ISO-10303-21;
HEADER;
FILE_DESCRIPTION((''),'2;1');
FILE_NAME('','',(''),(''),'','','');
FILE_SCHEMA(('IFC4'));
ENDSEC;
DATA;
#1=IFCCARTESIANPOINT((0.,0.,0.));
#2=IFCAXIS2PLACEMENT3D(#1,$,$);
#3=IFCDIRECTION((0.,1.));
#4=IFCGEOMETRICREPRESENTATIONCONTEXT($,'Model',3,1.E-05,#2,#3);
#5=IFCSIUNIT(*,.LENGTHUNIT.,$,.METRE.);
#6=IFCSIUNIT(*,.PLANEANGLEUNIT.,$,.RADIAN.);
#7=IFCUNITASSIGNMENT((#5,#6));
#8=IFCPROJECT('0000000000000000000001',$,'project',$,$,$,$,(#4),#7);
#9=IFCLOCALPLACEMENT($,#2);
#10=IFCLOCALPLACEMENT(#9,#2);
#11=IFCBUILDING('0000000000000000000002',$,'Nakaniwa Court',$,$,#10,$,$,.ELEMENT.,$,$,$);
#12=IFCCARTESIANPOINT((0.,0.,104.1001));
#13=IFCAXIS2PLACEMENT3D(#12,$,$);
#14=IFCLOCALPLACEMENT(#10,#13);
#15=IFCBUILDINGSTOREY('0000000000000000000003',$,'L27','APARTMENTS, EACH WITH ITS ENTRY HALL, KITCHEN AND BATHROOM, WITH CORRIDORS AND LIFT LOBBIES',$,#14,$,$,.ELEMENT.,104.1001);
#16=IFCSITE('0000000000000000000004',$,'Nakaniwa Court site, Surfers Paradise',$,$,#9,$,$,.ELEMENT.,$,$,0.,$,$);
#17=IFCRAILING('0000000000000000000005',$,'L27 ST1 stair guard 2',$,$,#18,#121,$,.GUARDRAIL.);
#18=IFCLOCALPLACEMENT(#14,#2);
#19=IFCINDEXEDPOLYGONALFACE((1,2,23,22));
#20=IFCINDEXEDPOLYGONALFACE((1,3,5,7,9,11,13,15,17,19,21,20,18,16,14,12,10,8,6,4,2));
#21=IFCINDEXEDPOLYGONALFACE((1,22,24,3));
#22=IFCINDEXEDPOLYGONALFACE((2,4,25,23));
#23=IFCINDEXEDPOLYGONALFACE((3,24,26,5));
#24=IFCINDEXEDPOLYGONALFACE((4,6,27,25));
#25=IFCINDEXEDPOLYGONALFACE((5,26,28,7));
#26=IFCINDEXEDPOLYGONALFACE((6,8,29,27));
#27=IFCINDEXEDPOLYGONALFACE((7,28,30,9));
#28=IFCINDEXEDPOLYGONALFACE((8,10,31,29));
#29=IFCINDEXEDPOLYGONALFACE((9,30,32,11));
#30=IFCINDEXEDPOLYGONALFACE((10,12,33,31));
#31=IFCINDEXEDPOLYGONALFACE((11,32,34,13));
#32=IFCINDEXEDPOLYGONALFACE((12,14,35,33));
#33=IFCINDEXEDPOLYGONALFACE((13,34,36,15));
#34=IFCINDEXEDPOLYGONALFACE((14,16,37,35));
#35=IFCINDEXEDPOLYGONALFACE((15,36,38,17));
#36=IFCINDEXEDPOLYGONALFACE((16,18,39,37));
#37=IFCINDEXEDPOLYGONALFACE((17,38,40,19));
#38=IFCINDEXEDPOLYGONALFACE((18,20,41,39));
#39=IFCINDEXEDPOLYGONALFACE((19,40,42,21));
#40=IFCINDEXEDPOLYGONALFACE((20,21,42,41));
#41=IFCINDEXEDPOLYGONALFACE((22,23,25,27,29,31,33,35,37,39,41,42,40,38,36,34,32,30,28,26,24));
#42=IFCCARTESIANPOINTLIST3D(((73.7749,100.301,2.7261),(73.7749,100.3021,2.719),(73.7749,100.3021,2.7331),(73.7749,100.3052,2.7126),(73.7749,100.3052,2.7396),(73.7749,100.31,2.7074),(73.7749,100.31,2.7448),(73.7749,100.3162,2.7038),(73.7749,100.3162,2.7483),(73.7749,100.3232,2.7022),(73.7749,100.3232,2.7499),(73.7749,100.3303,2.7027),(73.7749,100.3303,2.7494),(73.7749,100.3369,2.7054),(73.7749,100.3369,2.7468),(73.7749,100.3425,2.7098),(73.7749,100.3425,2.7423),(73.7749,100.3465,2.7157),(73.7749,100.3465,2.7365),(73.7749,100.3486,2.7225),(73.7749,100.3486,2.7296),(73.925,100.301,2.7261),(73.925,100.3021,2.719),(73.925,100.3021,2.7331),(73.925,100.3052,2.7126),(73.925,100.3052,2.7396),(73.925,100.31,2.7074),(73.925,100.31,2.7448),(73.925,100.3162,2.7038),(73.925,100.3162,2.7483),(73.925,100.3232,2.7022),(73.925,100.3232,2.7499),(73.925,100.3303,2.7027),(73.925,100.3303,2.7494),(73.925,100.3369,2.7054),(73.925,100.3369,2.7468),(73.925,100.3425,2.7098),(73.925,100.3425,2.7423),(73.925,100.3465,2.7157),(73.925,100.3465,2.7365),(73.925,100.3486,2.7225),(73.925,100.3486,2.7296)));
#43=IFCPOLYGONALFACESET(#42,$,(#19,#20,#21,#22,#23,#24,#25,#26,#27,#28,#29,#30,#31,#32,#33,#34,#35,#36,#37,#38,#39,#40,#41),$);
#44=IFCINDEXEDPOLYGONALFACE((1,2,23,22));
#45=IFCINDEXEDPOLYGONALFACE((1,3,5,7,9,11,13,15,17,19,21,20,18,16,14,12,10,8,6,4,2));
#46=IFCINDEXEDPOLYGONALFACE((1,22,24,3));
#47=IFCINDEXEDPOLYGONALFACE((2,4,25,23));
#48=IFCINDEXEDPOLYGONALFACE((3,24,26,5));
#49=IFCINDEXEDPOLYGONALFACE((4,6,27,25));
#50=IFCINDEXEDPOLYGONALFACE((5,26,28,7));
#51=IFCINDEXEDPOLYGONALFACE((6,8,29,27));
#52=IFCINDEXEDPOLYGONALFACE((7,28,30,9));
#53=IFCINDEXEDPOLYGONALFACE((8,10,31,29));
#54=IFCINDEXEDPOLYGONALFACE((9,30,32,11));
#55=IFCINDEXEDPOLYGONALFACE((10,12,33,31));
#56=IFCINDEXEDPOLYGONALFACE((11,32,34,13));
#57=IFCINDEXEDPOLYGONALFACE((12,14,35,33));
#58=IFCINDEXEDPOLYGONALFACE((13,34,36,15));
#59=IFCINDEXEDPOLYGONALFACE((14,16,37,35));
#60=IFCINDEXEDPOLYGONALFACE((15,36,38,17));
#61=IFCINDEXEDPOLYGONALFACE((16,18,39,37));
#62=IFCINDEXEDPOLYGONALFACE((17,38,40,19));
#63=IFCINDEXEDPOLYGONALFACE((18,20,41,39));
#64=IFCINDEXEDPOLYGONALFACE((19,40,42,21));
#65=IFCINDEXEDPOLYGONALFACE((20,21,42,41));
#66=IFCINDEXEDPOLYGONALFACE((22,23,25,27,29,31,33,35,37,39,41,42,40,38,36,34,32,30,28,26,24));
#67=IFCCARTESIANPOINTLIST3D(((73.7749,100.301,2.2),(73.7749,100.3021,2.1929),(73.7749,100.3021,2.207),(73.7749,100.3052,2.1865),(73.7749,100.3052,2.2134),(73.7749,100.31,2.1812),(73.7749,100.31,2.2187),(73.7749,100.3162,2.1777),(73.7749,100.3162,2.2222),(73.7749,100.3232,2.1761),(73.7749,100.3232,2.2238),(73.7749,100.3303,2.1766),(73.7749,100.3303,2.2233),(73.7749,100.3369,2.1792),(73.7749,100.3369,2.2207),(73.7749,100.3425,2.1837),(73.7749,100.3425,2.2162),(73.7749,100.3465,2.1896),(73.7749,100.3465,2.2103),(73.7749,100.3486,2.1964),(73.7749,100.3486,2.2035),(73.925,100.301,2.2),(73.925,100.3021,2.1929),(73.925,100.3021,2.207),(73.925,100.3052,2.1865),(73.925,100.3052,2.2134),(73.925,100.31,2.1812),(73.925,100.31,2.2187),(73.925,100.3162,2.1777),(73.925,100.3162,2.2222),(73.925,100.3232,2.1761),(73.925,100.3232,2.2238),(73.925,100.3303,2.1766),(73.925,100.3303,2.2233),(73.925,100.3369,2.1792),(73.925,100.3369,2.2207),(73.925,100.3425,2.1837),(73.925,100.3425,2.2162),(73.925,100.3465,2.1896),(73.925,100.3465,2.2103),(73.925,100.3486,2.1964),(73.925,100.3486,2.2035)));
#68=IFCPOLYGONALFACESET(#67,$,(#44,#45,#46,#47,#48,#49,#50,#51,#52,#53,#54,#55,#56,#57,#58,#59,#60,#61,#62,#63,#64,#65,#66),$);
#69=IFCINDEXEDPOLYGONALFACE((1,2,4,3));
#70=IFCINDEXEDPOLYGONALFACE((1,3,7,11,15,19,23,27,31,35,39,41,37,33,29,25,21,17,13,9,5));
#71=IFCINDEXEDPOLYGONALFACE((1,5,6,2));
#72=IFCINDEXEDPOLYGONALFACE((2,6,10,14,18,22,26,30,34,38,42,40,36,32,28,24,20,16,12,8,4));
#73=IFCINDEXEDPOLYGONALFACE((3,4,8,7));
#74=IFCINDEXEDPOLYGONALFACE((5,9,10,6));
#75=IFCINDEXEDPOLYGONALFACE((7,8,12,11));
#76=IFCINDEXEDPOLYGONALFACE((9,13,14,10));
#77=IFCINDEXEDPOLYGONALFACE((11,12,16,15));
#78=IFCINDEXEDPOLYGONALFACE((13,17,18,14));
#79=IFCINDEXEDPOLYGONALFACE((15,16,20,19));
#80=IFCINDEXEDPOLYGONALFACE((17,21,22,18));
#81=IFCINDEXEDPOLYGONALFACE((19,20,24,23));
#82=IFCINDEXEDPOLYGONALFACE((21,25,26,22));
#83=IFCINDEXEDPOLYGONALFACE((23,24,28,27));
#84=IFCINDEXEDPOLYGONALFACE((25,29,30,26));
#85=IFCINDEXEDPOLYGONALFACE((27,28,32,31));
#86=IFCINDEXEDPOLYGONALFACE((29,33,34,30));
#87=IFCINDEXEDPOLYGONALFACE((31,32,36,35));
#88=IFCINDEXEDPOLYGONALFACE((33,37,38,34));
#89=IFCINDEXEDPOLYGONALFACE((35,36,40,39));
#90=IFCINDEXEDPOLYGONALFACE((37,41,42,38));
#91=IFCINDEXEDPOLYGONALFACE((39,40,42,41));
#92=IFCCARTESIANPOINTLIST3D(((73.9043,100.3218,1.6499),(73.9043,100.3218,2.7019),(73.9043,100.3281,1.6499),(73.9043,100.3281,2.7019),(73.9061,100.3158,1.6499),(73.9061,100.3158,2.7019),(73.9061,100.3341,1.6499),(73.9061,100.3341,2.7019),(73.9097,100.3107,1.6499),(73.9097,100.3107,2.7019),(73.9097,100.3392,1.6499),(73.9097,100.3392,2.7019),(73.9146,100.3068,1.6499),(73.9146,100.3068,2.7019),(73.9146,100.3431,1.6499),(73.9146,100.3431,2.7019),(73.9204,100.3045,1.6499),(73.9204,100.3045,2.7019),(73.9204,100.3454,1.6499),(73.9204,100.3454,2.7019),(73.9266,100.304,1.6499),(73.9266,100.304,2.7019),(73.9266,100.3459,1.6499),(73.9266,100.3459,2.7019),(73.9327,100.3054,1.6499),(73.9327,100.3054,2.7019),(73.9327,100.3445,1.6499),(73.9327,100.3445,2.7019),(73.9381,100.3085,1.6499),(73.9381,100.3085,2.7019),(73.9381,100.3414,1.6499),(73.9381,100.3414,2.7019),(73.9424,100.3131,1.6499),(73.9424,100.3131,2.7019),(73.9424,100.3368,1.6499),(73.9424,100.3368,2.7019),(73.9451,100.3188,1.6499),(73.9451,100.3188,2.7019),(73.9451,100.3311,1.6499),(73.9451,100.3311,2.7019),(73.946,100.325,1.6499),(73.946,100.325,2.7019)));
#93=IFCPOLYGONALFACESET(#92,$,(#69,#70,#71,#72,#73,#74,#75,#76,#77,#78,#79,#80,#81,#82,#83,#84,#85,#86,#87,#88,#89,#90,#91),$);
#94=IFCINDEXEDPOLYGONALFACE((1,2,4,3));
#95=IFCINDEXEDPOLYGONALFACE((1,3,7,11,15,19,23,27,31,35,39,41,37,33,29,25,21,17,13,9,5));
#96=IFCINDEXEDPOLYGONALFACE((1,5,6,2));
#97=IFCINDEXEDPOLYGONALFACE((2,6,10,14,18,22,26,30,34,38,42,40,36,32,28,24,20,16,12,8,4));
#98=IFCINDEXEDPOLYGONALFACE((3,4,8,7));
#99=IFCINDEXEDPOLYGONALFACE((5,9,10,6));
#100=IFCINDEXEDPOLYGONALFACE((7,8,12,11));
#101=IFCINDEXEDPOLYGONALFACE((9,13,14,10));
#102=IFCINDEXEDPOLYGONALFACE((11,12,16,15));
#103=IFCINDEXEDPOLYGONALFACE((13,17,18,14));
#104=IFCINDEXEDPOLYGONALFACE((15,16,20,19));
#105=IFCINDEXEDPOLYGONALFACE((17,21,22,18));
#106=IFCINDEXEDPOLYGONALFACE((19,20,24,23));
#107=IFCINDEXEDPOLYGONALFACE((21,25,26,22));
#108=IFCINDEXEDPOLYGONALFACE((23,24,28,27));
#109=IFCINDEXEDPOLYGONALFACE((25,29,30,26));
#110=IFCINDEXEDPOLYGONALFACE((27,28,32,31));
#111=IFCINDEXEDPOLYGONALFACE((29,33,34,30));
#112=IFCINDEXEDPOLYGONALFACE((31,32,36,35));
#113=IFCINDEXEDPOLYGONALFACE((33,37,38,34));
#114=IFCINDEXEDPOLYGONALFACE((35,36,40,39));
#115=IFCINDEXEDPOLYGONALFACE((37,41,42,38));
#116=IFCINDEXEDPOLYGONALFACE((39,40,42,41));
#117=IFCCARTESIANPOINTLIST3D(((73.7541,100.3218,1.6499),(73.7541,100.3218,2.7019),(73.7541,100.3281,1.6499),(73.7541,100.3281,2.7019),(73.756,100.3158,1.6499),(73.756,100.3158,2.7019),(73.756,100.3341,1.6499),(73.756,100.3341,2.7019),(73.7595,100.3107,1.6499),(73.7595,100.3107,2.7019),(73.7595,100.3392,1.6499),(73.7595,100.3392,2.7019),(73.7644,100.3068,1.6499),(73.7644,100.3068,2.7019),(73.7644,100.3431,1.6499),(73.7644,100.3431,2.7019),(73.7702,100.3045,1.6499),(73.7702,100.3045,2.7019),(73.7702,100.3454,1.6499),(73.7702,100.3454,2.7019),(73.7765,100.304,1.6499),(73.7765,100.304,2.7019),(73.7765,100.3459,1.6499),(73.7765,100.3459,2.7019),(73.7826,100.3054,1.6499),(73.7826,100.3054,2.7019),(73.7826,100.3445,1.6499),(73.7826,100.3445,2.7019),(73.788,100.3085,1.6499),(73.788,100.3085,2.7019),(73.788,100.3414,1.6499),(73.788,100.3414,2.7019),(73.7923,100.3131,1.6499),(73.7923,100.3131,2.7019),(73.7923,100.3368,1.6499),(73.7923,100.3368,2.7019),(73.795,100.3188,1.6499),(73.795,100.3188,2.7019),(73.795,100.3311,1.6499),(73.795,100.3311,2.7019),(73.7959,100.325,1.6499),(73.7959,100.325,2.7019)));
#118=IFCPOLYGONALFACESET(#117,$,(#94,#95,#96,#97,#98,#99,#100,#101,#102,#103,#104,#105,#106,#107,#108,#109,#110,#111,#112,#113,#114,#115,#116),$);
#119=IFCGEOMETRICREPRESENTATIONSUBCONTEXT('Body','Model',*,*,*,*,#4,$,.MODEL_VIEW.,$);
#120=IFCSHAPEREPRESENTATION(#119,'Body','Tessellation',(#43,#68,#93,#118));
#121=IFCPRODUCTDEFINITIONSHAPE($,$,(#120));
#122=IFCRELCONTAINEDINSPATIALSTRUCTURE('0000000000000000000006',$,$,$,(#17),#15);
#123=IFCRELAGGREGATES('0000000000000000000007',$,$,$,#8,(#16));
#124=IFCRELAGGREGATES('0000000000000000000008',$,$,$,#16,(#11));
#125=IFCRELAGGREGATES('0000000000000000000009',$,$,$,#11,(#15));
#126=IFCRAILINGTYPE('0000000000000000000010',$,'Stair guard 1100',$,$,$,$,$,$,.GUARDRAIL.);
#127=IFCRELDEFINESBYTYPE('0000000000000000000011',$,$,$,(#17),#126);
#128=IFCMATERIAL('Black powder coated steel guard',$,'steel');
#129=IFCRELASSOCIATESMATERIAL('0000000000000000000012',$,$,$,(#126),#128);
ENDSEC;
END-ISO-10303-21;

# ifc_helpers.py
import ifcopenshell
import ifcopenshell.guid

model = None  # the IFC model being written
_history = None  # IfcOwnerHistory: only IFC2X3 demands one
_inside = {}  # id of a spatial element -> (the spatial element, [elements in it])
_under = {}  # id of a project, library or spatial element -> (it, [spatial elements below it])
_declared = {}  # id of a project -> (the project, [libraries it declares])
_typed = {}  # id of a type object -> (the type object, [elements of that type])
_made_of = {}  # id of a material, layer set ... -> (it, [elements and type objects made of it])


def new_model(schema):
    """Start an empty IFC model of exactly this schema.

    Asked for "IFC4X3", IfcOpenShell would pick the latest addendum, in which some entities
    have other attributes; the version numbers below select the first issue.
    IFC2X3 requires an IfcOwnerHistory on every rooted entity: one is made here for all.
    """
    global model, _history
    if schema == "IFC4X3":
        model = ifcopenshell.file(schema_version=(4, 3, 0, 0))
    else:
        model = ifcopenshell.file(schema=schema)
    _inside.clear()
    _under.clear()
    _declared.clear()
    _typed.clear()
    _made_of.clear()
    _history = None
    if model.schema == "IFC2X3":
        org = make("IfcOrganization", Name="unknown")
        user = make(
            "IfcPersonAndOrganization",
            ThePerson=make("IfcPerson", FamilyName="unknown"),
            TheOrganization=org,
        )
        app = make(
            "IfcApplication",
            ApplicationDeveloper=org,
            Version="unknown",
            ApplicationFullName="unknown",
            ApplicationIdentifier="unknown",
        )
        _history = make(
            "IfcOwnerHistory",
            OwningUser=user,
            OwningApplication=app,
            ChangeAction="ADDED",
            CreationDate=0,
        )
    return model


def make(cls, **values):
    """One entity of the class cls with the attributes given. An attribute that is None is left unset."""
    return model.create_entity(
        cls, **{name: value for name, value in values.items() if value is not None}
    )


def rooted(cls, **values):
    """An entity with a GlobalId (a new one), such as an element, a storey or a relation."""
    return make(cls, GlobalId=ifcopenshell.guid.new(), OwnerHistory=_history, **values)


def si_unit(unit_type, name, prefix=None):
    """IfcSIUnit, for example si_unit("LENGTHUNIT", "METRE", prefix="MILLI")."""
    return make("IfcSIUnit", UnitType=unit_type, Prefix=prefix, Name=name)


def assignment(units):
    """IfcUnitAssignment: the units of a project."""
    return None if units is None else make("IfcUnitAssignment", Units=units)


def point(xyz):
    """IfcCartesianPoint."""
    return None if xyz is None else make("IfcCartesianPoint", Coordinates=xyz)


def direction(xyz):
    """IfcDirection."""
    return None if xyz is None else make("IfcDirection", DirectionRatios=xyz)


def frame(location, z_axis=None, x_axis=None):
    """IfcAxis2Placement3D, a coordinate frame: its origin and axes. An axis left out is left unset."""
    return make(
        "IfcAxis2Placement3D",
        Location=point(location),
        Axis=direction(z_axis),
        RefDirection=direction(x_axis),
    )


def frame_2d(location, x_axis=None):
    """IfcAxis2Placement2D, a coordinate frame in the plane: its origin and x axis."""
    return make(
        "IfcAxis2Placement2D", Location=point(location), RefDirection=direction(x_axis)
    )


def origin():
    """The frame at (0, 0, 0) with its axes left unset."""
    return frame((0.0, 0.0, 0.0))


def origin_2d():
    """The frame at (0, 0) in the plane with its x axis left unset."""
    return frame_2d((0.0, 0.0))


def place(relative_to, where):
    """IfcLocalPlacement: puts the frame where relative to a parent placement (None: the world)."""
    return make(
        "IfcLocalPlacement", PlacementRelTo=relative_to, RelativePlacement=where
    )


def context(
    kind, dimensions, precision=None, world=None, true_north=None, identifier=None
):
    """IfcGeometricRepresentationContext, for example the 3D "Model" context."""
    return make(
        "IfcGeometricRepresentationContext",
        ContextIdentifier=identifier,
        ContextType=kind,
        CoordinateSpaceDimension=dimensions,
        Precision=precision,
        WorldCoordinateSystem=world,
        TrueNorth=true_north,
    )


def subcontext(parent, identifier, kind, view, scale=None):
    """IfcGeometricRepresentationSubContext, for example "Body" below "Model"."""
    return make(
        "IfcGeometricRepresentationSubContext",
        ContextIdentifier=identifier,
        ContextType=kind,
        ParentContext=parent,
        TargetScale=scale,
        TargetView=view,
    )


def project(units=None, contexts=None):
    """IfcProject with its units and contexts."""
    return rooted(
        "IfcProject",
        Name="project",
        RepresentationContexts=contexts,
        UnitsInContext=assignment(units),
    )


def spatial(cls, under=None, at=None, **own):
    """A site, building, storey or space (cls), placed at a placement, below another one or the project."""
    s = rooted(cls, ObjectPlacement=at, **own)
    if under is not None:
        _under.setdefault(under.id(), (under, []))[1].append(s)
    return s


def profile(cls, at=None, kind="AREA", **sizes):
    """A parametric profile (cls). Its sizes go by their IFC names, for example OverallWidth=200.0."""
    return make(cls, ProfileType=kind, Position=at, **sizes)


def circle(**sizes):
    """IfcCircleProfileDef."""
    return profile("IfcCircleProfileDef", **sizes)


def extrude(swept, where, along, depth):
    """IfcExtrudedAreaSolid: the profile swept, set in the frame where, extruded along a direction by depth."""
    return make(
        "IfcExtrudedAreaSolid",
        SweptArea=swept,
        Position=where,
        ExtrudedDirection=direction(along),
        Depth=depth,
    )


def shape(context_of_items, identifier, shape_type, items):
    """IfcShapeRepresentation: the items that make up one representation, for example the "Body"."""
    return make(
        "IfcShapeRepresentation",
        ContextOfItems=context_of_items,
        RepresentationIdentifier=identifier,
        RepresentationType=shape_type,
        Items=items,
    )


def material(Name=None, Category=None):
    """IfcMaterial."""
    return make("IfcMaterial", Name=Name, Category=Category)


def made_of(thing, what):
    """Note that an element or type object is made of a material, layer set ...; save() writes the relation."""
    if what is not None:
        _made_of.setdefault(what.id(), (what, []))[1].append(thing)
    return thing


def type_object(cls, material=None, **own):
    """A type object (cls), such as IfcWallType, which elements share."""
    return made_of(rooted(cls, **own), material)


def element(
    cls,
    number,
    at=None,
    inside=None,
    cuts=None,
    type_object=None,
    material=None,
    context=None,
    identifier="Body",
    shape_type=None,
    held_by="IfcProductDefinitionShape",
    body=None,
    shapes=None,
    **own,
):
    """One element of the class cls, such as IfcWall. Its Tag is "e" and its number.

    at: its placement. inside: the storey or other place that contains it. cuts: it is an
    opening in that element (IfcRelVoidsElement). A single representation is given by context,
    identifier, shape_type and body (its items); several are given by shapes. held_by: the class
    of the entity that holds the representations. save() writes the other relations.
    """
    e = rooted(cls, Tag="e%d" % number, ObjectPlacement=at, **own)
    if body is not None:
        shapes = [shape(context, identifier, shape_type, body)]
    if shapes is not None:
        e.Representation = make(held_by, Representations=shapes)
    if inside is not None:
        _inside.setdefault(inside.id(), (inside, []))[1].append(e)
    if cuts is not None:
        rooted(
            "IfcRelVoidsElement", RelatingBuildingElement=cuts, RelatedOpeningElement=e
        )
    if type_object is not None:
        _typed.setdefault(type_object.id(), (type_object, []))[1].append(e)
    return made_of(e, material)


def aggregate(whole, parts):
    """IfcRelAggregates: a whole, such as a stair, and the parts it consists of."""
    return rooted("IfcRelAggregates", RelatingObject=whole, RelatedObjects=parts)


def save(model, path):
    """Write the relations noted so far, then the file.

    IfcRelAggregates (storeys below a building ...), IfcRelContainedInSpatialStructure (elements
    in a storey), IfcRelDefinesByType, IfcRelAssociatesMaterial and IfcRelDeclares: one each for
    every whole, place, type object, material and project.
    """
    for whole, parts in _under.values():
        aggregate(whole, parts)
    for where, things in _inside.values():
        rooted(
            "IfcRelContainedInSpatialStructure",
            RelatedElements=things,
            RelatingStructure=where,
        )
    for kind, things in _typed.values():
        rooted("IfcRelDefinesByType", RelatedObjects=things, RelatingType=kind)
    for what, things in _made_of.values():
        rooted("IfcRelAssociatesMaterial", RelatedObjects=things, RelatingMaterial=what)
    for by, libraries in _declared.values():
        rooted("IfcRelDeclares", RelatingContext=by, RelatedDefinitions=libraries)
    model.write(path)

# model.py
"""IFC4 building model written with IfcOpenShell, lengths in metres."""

from ifc_helpers import new_model, si_unit, direction, frame, origin, origin_2d, place, context, subcontext, project, spatial, circle, extrude, material, type_object, element, save


model = new_model("IFC4")

# Units and contexts
model_context = context("Model", 3, precision=1e-05, world=origin(), true_north=direction((0.0, 1.0)))
body_context = subcontext(model_context, "Body", "Model", "MODEL_VIEW")
ifc_project = project(units=[si_unit("LENGTHUNIT", "METRE"), si_unit("PLANEANGLEUNIT", "RADIAN")], contexts=[model_context])

# Site, building, storey
site_placement = place(None, origin())
site = spatial("IfcSite", under=ifc_project, at=site_placement, Name="Nakaniwa Court site, Surfers Paradise", CompositionType="ELEMENT", RefElevation=0.0)
building_placement = place(site_placement, origin())
building = spatial("IfcBuilding", under=site, at=building_placement, Name="Nakaniwa Court", CompositionType="ELEMENT")
storey_placement = place(building_placement, frame((0.0, 0.0, 104.1001)))
storey = spatial("IfcBuildingStorey", under=building, at=storey_placement, Name="L27", Description="APARTMENTS, EACH WITH ITS ENTRY HALL, KITCHEN AND BATHROOM, WITH CORRIDORS AND LIFT LOBBIES", CompositionType="ELEMENT", Elevation=104.1001)

# Railing
ifc_material_1 = material(Name="Black powder coated steel guard", Category="steel")
railing_type_1 = type_object("IfcRailingType", Name="Stair guard 1100", PredefinedType="GUARDRAIL", material=ifc_material_1)
railing_1_placement = place(storey_placement, frame((73.925, 100.325, 1.6499)))
element("IfcRailing", 1, at=railing_1_placement, inside=storey, type_object=railing_type_1, Name="L27 ST1 stair guard 2", PredefinedType="GUARDRAIL", context=body_context, shape_type="SweptSolid", body=[
    extrude(circle(Radius=0.0239, at=origin_2d()), frame((0.0, 0.0, 1.0762), z_axis=(-1.0, 0.0, 0.0), x_axis=(0.0, -1.0, 0.0)), (0.0, 0.0, 1.0), 0.1501),
    extrude(circle(Radius=0.0239, at=origin_2d()), frame((0.0, 0.0, 0.55), z_axis=(-1.0, 0.0, 0.0), x_axis=(0.0, -1.0, 0.0)), (0.0, 0.0, 1.0), 0.1501),
    extrude(circle(Radius=0.021, at=origin_2d()), origin(), (0.0, 0.0, 1.0), 1.052),
    extrude(circle(Radius=0.021, at=origin_2d()), frame((-0.1501, 0.0, 0.0)), (0.0, 0.0, 1.0), 1.052),
])

save(model, "model.ifc")
